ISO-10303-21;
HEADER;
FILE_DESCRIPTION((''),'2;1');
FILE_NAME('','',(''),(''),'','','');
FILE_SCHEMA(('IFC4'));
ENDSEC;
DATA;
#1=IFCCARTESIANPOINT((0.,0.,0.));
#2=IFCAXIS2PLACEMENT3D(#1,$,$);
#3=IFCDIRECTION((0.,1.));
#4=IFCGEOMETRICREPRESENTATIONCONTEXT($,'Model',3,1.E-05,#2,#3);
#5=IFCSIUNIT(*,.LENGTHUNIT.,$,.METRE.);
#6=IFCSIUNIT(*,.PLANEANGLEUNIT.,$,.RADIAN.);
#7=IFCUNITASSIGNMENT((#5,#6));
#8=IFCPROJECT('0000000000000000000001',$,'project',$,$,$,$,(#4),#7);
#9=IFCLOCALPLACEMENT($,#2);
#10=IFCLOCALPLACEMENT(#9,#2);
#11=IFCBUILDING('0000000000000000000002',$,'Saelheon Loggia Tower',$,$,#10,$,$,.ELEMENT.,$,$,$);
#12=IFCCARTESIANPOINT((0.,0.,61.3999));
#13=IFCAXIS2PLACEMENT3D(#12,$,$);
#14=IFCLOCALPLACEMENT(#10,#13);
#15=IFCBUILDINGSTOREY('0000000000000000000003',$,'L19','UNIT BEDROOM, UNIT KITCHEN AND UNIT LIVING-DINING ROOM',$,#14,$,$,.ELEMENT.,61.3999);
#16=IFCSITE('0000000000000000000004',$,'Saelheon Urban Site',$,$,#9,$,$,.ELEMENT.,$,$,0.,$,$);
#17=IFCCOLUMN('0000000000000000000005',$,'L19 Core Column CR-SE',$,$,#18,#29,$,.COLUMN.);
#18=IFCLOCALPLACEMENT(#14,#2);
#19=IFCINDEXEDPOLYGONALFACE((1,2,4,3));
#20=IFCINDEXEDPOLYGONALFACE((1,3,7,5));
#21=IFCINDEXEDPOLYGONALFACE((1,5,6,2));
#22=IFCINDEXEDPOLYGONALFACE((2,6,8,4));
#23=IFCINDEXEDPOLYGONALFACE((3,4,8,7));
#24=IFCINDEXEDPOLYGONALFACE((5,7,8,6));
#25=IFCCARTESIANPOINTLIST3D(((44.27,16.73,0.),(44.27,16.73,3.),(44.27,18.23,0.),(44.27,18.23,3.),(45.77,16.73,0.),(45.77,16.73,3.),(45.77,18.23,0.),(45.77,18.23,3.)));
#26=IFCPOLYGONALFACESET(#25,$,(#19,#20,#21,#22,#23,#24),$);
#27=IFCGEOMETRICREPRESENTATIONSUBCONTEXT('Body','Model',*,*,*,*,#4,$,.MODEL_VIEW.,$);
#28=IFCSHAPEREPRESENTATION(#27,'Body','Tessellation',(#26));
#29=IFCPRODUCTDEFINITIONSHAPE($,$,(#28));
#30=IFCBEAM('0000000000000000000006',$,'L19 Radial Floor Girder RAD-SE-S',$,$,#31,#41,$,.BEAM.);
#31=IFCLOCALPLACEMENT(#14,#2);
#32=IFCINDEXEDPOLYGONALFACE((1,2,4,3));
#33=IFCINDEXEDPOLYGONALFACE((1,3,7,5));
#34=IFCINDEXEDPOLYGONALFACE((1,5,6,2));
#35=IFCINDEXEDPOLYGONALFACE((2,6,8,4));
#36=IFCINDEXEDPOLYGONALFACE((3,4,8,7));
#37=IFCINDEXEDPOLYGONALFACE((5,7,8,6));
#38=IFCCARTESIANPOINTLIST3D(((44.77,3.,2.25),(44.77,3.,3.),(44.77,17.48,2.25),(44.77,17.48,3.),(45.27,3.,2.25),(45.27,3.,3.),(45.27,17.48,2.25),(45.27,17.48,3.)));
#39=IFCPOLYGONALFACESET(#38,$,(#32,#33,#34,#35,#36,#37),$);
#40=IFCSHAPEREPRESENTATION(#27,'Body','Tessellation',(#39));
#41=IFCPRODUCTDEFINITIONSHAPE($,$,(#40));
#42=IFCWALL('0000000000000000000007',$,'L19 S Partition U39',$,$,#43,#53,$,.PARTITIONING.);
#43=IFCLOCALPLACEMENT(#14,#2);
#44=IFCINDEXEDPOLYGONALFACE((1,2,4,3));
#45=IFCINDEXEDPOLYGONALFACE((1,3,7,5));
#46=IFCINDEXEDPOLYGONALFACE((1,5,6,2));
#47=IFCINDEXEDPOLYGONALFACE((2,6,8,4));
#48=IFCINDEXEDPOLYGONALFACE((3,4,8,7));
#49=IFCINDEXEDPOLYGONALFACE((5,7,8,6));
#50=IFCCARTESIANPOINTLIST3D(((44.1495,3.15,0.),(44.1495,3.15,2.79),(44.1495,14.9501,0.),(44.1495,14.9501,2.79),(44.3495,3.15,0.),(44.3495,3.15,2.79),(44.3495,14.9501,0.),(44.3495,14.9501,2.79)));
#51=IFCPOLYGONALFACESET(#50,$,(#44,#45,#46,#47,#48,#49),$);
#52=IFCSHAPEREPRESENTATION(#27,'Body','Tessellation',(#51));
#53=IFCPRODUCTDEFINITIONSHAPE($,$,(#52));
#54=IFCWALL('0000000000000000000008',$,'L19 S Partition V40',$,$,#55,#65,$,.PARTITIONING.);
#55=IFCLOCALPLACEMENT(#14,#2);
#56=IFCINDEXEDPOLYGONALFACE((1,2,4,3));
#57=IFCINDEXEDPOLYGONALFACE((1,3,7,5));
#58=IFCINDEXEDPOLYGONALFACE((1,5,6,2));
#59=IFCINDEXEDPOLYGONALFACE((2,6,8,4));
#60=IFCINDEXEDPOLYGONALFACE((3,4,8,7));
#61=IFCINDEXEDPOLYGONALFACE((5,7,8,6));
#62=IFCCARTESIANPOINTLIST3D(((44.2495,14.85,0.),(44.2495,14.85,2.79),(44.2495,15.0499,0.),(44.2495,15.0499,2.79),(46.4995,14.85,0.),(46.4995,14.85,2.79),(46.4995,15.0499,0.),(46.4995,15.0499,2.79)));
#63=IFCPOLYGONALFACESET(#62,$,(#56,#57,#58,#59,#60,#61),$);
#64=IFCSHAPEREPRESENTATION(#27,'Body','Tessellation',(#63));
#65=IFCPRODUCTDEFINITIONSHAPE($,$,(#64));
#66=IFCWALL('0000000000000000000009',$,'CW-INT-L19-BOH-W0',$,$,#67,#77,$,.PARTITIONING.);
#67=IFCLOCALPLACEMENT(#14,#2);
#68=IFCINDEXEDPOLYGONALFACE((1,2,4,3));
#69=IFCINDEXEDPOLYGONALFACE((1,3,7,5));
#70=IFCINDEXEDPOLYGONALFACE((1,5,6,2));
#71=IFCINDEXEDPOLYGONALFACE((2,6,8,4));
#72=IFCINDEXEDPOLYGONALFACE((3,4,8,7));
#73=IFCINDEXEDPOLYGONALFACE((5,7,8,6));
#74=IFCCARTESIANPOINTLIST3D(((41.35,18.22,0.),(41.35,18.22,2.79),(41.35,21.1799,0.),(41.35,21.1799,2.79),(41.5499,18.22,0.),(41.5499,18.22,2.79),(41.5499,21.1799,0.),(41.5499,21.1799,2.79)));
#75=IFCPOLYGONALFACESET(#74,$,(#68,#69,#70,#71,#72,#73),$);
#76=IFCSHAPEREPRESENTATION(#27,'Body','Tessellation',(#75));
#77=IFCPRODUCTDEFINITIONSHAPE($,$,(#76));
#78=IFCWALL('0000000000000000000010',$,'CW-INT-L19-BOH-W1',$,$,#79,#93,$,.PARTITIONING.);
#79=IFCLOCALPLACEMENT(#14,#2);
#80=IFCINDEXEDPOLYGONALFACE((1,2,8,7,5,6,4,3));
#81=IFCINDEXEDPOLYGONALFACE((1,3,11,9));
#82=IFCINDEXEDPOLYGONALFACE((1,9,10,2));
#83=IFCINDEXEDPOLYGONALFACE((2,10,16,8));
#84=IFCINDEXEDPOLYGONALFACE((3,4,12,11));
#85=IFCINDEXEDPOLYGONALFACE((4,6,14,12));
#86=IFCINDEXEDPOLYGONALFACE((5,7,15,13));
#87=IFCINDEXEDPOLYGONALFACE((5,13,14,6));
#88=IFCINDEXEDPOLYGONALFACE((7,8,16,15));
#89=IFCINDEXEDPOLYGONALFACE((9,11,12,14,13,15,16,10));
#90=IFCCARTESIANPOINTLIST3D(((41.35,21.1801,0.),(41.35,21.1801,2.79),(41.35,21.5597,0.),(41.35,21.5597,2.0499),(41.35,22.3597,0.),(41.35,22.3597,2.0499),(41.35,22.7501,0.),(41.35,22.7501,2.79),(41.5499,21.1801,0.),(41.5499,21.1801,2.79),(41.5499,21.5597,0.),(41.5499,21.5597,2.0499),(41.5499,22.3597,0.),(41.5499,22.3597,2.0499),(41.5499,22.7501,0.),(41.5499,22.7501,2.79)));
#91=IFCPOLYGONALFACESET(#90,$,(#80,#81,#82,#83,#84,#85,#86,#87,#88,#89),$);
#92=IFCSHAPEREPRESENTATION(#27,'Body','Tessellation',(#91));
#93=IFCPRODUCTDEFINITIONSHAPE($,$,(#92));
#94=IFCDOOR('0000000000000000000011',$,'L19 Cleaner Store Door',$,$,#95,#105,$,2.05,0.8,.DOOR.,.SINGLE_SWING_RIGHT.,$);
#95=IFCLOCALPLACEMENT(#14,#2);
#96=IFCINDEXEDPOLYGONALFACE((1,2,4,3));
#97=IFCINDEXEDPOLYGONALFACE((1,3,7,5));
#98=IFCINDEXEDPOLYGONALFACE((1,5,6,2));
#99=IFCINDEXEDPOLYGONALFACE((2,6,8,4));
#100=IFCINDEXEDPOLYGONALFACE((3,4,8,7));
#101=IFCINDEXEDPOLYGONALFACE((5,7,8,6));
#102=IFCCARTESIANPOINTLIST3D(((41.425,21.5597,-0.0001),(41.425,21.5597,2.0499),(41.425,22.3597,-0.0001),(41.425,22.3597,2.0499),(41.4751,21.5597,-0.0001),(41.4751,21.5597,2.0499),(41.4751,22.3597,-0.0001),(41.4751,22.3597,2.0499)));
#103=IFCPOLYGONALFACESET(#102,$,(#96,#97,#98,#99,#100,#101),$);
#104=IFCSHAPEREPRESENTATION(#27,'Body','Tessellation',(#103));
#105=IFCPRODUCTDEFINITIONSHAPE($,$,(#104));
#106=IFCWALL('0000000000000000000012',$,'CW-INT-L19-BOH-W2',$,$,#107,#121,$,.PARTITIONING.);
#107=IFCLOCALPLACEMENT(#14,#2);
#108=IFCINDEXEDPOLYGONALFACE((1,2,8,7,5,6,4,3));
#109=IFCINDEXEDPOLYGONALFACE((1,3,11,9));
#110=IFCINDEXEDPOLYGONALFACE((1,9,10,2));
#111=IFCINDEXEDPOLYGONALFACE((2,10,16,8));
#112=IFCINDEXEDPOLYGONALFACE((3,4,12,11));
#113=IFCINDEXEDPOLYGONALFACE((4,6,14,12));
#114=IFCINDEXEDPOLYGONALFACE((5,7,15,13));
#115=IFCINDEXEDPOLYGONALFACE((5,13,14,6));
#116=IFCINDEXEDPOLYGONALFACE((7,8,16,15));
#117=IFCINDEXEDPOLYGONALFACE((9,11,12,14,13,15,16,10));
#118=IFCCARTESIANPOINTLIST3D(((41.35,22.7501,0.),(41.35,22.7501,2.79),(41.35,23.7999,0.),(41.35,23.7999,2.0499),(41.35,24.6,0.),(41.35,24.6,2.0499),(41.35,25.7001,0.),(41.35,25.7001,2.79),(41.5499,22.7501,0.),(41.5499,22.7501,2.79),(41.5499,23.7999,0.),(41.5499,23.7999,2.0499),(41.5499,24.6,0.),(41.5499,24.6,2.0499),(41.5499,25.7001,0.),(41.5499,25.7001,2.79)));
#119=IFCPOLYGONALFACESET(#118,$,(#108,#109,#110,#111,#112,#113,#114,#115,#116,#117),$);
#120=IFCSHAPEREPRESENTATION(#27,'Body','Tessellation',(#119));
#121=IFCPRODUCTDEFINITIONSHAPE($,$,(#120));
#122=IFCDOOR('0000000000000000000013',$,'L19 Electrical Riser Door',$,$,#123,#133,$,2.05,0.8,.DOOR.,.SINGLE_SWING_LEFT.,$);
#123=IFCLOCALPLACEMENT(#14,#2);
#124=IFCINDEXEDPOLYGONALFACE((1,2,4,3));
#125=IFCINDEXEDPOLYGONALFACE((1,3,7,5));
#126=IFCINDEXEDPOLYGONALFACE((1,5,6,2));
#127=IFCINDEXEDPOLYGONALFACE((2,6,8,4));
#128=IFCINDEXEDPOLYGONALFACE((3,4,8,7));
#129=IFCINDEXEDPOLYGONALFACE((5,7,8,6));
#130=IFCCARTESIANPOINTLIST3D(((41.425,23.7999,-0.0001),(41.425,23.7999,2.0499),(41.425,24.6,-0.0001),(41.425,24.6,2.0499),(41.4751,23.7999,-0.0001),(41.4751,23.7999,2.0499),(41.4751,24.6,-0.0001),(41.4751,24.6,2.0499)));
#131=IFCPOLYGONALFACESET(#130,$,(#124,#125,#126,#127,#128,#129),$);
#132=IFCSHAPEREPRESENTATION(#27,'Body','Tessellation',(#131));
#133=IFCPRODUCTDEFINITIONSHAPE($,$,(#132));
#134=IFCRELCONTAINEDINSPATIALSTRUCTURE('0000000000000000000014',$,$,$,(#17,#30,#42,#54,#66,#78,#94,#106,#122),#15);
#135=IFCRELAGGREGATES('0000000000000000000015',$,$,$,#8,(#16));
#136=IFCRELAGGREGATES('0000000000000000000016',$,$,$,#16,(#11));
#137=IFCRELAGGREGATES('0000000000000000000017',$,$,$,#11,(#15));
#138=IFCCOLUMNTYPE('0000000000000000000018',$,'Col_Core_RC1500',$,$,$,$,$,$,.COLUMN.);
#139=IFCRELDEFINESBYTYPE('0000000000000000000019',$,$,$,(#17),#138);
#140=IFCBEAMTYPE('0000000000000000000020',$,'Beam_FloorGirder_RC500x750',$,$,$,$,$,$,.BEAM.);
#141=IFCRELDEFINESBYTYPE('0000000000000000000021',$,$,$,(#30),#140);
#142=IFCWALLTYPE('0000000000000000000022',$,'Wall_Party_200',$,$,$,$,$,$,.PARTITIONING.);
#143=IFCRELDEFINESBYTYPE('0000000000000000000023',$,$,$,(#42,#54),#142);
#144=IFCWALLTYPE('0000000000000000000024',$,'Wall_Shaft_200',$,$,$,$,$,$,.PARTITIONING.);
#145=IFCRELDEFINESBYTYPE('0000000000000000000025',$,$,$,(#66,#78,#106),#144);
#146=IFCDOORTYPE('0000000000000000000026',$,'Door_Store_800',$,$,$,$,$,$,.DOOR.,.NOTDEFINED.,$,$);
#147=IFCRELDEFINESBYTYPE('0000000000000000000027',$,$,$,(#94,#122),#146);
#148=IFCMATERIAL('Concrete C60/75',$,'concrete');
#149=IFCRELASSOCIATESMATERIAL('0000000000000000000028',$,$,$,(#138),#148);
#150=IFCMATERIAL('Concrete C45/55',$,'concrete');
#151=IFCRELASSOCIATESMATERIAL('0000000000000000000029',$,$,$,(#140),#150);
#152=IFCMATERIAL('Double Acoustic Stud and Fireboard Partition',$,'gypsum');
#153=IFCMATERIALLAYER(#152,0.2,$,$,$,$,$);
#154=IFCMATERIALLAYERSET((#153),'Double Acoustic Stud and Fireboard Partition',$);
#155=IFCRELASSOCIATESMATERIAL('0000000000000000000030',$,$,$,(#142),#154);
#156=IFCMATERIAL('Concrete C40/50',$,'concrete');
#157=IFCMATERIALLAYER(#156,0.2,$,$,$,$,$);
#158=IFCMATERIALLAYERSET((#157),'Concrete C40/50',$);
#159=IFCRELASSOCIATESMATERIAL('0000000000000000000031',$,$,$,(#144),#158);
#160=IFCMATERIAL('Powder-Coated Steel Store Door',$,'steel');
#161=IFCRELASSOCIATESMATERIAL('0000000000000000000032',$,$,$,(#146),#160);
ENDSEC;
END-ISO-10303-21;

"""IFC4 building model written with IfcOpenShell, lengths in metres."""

from ifc_helpers import new_model, si_unit, direction, frame, frame_2d, origin, origin_2d, place, context, subcontext, project, spatial, rectangle, extrude, source, transform, mapped, material, layer, layer_set, material_profile, profile_set, type_object, element, fill, save


model = new_model("IFC4")

# Units and contexts
model_context = context("Model", 3, precision=1e-05, world=origin(), true_north=direction((0.0, 1.0)))
body_context = subcontext(model_context, "Body", "Model", "MODEL_VIEW")
ifc_project = project(units=[si_unit("LENGTHUNIT", "METRE"), si_unit("PLANEANGLEUNIT", "RADIAN")], contexts=[model_context])

# Site, building, storey
site_placement = place(None, origin())
site = spatial("IfcSite", under=ifc_project, at=site_placement, Name="Saelheon Urban Site", CompositionType="ELEMENT", RefElevation=0.0)
building_placement = place(site_placement, origin())
building = spatial("IfcBuilding", under=site, at=building_placement, Name="Saelheon Loggia Tower", CompositionType="ELEMENT")
storey_placement = place(building_placement, frame((0.0, 0.0, 61.3999)))
storey = spatial("IfcBuildingStorey", under=building, at=storey_placement, Name="L19", Description="UNIT BEDROOM, UNIT KITCHEN AND UNIT LIVING-DINING ROOM", CompositionType="ELEMENT", Elevation=61.3999)

# Column
ifc_material_1 = material(Name="Concrete C60/75", Category="concrete")
ifc_material_profile_1 = material_profile(ifc_material_1, rectangle(XDim=1.5, YDim=1.5, at=origin_2d()), Name="RC-1500x1500")
ifc_profile_set_1 = profile_set([ifc_material_profile_1], Name="Concrete C60/75")
column_type = type_object("IfcColumnType", Name="Col_Core_RC1500", PredefinedType="COLUMN", material=ifc_profile_set_1)
shared_shape_1 = source(origin(), body_context, "Body", "SweptSolid", [
    extrude(rectangle(XDim=1.5, YDim=1.5, at=origin_2d()), origin(), (0.0, 0.0, 1.0), 3.0),
])
column_placement = place(storey_placement, frame((45.02, 17.48, 0.0), z_axis=(0.0, 0.0, 1.0), x_axis=(1.0, 0.0, 0.0)))
element("IfcColumn", 1, at=column_placement, inside=storey, type_object=column_type, Name="L19 Core Column CR-SE", PredefinedType="COLUMN", context=body_context, shape_type="MappedRepresentation", body=[
    mapped(shared_shape_1, transform((0.0, 0.0, 0.0), scale=1.0)),
])

# Beam
ifc_material_2 = material(Name="Concrete C45/55", Category="concrete")
ifc_material_profile_2 = material_profile(ifc_material_2, rectangle(XDim=0.5, YDim=0.75, at=origin_2d()), Name="RC-500x750")
ifc_profile_set_2 = profile_set([ifc_material_profile_2], Name="Concrete C45/55")
beam_type = type_object("IfcBeamType", Name="Beam_FloorGirder_RC500x750", PredefinedType="BEAM", material=ifc_profile_set_2)
shared_shape_2 = source(origin(), body_context, "Body", "SweptSolid", [
    extrude(rectangle(XDim=0.5, YDim=0.75, at=origin_2d()), origin(), (0.0, 0.0, 1.0), 14.48),
])
beam_placement = place(storey_placement, frame((45.02, 17.48, 2.625), z_axis=(0.0, -1.0, 0.0), x_axis=(1.0, 0.0, 0.0)))
element("IfcBeam", 2, at=beam_placement, inside=storey, type_object=beam_type, Name="L19 Radial Floor Girder RAD-SE-S", PredefinedType="BEAM", context=body_context, shape_type="MappedRepresentation", body=[
    mapped(shared_shape_2, transform((0.0, 0.0, 0.0), scale=1.0)),
])

# Walls
ifc_material_3 = material(Name="Double Acoustic Stud and Fireboard Partition", Category="gypsum")
ifc_layer_1 = layer(ifc_material_3, 0.2)
ifc_layer_set_1 = layer_set([ifc_layer_1], Name="Double Acoustic Stud and Fireboard Partition")
wall_type_1 = type_object("IfcWallType", Name="Wall_Party_200", PredefinedType="PARTITIONING", material=ifc_layer_set_1)
wall_1_placement = place(storey_placement, frame((44.2495, 14.95, 0.0), z_axis=(0.0, 0.0, 1.0), x_axis=(0.0, -1.0, 0.0)))
element("IfcWall", 3, at=wall_1_placement, inside=storey, type_object=wall_type_1, Name="L19 S Partition U39", PredefinedType="PARTITIONING", context=body_context, shape_type="SweptSolid", body=[
    extrude(rectangle(XDim=11.8, YDim=0.2, at=frame_2d((5.8999, 0.0))), origin(), (0.0, 0.0, 1.0), 2.79),
])
wall_2_placement = place(storey_placement, frame((44.2495, 14.95, 0.0), z_axis=(0.0, 0.0, 1.0), x_axis=(1.0, 0.0, 0.0)))
element("IfcWall", 4, at=wall_2_placement, inside=storey, type_object=wall_type_1, Name="L19 S Partition V40", PredefinedType="PARTITIONING", context=body_context, shape_type="SweptSolid", body=[
    extrude(rectangle(XDim=2.25, YDim=0.2, at=frame_2d((1.125, 0.0))), origin(), (0.0, 0.0, 1.0), 2.79),
])
ifc_material_4 = material(Name="Concrete C40/50", Category="concrete")
ifc_layer_2 = layer(ifc_material_4, 0.2)
ifc_layer_set_2 = layer_set([ifc_layer_2], Name="Concrete C40/50")
wall_type_2 = type_object("IfcWallType", Name="Wall_Shaft_200", PredefinedType="PARTITIONING", material=ifc_layer_set_2)
wall_3_placement = place(storey_placement, frame((41.45, 18.22, 0.0), z_axis=(0.0, 0.0, 1.0), x_axis=(0.0, 1.0, 0.0)))
element("IfcWall", 5, at=wall_3_placement, inside=storey, type_object=wall_type_2, Name="CW-INT-L19-BOH-W0", PredefinedType="PARTITIONING", context=body_context, shape_type="SweptSolid", body=[
    extrude(rectangle(XDim=2.96, YDim=0.2, at=frame_2d((1.48, 0.0))), origin(), (0.0, 0.0, 1.0), 2.79),
])

# Walls, openings, doors
wall_4_placement = place(storey_placement, frame((41.45, 21.1799, 0.0), z_axis=(0.0, 0.0, 1.0), x_axis=(0.0, 1.0, 0.0)))
wall_4 = element("IfcWall", 6, at=wall_4_placement, inside=storey, type_object=wall_type_2, Name="CW-INT-L19-BOH-W1", PredefinedType="PARTITIONING", context=body_context, shape_type="SweptSolid", body=[
    extrude(rectangle(XDim=1.5701, YDim=0.2, at=frame_2d((0.7852, 0.0))), origin(), (0.0, 0.0, 1.0), 2.79),
])
opening_1_placement = place(wall_4_placement, frame((0.3799, 0.0, 0.0)))
opening_1 = element("IfcOpeningElement", 7, at=opening_1_placement, cuts=wall_4, PredefinedType="OPENING", context=body_context, shape_type="SweptSolid", body=[
    extrude(rectangle(XDim=0.8, YDim=2.05, at=frame_2d((0.3999, 1.0249))), frame((0.0, 0.1121, 0.0), z_axis=(0.0, -1.0, 0.0), x_axis=(1.0, 0.0, 0.0)), (0.0, 0.0, 1.0), 0.2239),
])
ifc_material_5 = material(Name="Powder-Coated Steel Store Door", Category="steel")
door_type_1 = type_object("IfcDoorType", Name="Door_Store_800", OperationType="NOTDEFINED", PredefinedType="DOOR", material=ifc_material_5)
shared_shape_3 = source(origin(), body_context, "Body", "SweptSolid", [
    extrude(rectangle(XDim=0.8, YDim=2.05, at=frame_2d((0.3999, 1.0249))), frame((0.0, 0.0249, 0.0), z_axis=(0.0, -1.0, 0.0), x_axis=(1.0, 0.0, 0.0)), (0.0, 0.0, 1.0), 0.05),
])
door_1_placement = place(opening_1_placement, origin())
door_1 = element("IfcDoor", 8, at=door_1_placement, inside=storey, type_object=door_type_1, Name="L19 Cleaner Store Door", OperationType="SINGLE_SWING_RIGHT", OverallHeight=2.05, OverallWidth=0.8, PredefinedType="DOOR", context=body_context, shape_type="MappedRepresentation", body=[
    mapped(shared_shape_3, transform((0.0, 0.0, 0.0), scale=1.0)),
])
fill(opening_1, door_1)
wall_5_placement = place(storey_placement, frame((41.45, 22.75, 0.0), z_axis=(0.0, 0.0, 1.0), x_axis=(0.0, 1.0, 0.0)))
wall_5 = element("IfcWall", 9, at=wall_5_placement, inside=storey, type_object=wall_type_2, Name="CW-INT-L19-BOH-W2", PredefinedType="PARTITIONING", context=body_context, shape_type="SweptSolid", body=[
    extrude(rectangle(XDim=2.95, YDim=0.2, at=frame_2d((1.4751, 0.0))), origin(), (0.0, 0.0, 1.0), 2.79),
])
opening_2_placement = place(wall_5_placement, frame((1.05, 0.0, 0.0)))
opening_2 = element("IfcOpeningElement", 10, at=opening_2_placement, cuts=wall_5, PredefinedType="OPENING", context=body_context, shape_type="SweptSolid", body=[
    extrude(rectangle(XDim=0.8, YDim=2.05, at=frame_2d((0.3999, 1.0249))), frame((0.0, 0.1121, 0.0), z_axis=(0.0, -1.0, 0.0), x_axis=(1.0, 0.0, 0.0)), (0.0, 0.0, 1.0), 0.2239),
])
door_2_placement = place(opening_2_placement, origin())
door_2 = element("IfcDoor", 11, at=door_2_placement, inside=storey, type_object=door_type_1, Name="L19 Electrical Riser Door", OperationType="SINGLE_SWING_LEFT", OverallHeight=2.05, OverallWidth=0.8, PredefinedType="DOOR", context=body_context, shape_type="MappedRepresentation", body=[
    mapped(shared_shape_3, transform((0.0, 0.0, 0.0), scale=1.0)),
])
fill(opening_2, door_2)

save(model, "model.ifc")
